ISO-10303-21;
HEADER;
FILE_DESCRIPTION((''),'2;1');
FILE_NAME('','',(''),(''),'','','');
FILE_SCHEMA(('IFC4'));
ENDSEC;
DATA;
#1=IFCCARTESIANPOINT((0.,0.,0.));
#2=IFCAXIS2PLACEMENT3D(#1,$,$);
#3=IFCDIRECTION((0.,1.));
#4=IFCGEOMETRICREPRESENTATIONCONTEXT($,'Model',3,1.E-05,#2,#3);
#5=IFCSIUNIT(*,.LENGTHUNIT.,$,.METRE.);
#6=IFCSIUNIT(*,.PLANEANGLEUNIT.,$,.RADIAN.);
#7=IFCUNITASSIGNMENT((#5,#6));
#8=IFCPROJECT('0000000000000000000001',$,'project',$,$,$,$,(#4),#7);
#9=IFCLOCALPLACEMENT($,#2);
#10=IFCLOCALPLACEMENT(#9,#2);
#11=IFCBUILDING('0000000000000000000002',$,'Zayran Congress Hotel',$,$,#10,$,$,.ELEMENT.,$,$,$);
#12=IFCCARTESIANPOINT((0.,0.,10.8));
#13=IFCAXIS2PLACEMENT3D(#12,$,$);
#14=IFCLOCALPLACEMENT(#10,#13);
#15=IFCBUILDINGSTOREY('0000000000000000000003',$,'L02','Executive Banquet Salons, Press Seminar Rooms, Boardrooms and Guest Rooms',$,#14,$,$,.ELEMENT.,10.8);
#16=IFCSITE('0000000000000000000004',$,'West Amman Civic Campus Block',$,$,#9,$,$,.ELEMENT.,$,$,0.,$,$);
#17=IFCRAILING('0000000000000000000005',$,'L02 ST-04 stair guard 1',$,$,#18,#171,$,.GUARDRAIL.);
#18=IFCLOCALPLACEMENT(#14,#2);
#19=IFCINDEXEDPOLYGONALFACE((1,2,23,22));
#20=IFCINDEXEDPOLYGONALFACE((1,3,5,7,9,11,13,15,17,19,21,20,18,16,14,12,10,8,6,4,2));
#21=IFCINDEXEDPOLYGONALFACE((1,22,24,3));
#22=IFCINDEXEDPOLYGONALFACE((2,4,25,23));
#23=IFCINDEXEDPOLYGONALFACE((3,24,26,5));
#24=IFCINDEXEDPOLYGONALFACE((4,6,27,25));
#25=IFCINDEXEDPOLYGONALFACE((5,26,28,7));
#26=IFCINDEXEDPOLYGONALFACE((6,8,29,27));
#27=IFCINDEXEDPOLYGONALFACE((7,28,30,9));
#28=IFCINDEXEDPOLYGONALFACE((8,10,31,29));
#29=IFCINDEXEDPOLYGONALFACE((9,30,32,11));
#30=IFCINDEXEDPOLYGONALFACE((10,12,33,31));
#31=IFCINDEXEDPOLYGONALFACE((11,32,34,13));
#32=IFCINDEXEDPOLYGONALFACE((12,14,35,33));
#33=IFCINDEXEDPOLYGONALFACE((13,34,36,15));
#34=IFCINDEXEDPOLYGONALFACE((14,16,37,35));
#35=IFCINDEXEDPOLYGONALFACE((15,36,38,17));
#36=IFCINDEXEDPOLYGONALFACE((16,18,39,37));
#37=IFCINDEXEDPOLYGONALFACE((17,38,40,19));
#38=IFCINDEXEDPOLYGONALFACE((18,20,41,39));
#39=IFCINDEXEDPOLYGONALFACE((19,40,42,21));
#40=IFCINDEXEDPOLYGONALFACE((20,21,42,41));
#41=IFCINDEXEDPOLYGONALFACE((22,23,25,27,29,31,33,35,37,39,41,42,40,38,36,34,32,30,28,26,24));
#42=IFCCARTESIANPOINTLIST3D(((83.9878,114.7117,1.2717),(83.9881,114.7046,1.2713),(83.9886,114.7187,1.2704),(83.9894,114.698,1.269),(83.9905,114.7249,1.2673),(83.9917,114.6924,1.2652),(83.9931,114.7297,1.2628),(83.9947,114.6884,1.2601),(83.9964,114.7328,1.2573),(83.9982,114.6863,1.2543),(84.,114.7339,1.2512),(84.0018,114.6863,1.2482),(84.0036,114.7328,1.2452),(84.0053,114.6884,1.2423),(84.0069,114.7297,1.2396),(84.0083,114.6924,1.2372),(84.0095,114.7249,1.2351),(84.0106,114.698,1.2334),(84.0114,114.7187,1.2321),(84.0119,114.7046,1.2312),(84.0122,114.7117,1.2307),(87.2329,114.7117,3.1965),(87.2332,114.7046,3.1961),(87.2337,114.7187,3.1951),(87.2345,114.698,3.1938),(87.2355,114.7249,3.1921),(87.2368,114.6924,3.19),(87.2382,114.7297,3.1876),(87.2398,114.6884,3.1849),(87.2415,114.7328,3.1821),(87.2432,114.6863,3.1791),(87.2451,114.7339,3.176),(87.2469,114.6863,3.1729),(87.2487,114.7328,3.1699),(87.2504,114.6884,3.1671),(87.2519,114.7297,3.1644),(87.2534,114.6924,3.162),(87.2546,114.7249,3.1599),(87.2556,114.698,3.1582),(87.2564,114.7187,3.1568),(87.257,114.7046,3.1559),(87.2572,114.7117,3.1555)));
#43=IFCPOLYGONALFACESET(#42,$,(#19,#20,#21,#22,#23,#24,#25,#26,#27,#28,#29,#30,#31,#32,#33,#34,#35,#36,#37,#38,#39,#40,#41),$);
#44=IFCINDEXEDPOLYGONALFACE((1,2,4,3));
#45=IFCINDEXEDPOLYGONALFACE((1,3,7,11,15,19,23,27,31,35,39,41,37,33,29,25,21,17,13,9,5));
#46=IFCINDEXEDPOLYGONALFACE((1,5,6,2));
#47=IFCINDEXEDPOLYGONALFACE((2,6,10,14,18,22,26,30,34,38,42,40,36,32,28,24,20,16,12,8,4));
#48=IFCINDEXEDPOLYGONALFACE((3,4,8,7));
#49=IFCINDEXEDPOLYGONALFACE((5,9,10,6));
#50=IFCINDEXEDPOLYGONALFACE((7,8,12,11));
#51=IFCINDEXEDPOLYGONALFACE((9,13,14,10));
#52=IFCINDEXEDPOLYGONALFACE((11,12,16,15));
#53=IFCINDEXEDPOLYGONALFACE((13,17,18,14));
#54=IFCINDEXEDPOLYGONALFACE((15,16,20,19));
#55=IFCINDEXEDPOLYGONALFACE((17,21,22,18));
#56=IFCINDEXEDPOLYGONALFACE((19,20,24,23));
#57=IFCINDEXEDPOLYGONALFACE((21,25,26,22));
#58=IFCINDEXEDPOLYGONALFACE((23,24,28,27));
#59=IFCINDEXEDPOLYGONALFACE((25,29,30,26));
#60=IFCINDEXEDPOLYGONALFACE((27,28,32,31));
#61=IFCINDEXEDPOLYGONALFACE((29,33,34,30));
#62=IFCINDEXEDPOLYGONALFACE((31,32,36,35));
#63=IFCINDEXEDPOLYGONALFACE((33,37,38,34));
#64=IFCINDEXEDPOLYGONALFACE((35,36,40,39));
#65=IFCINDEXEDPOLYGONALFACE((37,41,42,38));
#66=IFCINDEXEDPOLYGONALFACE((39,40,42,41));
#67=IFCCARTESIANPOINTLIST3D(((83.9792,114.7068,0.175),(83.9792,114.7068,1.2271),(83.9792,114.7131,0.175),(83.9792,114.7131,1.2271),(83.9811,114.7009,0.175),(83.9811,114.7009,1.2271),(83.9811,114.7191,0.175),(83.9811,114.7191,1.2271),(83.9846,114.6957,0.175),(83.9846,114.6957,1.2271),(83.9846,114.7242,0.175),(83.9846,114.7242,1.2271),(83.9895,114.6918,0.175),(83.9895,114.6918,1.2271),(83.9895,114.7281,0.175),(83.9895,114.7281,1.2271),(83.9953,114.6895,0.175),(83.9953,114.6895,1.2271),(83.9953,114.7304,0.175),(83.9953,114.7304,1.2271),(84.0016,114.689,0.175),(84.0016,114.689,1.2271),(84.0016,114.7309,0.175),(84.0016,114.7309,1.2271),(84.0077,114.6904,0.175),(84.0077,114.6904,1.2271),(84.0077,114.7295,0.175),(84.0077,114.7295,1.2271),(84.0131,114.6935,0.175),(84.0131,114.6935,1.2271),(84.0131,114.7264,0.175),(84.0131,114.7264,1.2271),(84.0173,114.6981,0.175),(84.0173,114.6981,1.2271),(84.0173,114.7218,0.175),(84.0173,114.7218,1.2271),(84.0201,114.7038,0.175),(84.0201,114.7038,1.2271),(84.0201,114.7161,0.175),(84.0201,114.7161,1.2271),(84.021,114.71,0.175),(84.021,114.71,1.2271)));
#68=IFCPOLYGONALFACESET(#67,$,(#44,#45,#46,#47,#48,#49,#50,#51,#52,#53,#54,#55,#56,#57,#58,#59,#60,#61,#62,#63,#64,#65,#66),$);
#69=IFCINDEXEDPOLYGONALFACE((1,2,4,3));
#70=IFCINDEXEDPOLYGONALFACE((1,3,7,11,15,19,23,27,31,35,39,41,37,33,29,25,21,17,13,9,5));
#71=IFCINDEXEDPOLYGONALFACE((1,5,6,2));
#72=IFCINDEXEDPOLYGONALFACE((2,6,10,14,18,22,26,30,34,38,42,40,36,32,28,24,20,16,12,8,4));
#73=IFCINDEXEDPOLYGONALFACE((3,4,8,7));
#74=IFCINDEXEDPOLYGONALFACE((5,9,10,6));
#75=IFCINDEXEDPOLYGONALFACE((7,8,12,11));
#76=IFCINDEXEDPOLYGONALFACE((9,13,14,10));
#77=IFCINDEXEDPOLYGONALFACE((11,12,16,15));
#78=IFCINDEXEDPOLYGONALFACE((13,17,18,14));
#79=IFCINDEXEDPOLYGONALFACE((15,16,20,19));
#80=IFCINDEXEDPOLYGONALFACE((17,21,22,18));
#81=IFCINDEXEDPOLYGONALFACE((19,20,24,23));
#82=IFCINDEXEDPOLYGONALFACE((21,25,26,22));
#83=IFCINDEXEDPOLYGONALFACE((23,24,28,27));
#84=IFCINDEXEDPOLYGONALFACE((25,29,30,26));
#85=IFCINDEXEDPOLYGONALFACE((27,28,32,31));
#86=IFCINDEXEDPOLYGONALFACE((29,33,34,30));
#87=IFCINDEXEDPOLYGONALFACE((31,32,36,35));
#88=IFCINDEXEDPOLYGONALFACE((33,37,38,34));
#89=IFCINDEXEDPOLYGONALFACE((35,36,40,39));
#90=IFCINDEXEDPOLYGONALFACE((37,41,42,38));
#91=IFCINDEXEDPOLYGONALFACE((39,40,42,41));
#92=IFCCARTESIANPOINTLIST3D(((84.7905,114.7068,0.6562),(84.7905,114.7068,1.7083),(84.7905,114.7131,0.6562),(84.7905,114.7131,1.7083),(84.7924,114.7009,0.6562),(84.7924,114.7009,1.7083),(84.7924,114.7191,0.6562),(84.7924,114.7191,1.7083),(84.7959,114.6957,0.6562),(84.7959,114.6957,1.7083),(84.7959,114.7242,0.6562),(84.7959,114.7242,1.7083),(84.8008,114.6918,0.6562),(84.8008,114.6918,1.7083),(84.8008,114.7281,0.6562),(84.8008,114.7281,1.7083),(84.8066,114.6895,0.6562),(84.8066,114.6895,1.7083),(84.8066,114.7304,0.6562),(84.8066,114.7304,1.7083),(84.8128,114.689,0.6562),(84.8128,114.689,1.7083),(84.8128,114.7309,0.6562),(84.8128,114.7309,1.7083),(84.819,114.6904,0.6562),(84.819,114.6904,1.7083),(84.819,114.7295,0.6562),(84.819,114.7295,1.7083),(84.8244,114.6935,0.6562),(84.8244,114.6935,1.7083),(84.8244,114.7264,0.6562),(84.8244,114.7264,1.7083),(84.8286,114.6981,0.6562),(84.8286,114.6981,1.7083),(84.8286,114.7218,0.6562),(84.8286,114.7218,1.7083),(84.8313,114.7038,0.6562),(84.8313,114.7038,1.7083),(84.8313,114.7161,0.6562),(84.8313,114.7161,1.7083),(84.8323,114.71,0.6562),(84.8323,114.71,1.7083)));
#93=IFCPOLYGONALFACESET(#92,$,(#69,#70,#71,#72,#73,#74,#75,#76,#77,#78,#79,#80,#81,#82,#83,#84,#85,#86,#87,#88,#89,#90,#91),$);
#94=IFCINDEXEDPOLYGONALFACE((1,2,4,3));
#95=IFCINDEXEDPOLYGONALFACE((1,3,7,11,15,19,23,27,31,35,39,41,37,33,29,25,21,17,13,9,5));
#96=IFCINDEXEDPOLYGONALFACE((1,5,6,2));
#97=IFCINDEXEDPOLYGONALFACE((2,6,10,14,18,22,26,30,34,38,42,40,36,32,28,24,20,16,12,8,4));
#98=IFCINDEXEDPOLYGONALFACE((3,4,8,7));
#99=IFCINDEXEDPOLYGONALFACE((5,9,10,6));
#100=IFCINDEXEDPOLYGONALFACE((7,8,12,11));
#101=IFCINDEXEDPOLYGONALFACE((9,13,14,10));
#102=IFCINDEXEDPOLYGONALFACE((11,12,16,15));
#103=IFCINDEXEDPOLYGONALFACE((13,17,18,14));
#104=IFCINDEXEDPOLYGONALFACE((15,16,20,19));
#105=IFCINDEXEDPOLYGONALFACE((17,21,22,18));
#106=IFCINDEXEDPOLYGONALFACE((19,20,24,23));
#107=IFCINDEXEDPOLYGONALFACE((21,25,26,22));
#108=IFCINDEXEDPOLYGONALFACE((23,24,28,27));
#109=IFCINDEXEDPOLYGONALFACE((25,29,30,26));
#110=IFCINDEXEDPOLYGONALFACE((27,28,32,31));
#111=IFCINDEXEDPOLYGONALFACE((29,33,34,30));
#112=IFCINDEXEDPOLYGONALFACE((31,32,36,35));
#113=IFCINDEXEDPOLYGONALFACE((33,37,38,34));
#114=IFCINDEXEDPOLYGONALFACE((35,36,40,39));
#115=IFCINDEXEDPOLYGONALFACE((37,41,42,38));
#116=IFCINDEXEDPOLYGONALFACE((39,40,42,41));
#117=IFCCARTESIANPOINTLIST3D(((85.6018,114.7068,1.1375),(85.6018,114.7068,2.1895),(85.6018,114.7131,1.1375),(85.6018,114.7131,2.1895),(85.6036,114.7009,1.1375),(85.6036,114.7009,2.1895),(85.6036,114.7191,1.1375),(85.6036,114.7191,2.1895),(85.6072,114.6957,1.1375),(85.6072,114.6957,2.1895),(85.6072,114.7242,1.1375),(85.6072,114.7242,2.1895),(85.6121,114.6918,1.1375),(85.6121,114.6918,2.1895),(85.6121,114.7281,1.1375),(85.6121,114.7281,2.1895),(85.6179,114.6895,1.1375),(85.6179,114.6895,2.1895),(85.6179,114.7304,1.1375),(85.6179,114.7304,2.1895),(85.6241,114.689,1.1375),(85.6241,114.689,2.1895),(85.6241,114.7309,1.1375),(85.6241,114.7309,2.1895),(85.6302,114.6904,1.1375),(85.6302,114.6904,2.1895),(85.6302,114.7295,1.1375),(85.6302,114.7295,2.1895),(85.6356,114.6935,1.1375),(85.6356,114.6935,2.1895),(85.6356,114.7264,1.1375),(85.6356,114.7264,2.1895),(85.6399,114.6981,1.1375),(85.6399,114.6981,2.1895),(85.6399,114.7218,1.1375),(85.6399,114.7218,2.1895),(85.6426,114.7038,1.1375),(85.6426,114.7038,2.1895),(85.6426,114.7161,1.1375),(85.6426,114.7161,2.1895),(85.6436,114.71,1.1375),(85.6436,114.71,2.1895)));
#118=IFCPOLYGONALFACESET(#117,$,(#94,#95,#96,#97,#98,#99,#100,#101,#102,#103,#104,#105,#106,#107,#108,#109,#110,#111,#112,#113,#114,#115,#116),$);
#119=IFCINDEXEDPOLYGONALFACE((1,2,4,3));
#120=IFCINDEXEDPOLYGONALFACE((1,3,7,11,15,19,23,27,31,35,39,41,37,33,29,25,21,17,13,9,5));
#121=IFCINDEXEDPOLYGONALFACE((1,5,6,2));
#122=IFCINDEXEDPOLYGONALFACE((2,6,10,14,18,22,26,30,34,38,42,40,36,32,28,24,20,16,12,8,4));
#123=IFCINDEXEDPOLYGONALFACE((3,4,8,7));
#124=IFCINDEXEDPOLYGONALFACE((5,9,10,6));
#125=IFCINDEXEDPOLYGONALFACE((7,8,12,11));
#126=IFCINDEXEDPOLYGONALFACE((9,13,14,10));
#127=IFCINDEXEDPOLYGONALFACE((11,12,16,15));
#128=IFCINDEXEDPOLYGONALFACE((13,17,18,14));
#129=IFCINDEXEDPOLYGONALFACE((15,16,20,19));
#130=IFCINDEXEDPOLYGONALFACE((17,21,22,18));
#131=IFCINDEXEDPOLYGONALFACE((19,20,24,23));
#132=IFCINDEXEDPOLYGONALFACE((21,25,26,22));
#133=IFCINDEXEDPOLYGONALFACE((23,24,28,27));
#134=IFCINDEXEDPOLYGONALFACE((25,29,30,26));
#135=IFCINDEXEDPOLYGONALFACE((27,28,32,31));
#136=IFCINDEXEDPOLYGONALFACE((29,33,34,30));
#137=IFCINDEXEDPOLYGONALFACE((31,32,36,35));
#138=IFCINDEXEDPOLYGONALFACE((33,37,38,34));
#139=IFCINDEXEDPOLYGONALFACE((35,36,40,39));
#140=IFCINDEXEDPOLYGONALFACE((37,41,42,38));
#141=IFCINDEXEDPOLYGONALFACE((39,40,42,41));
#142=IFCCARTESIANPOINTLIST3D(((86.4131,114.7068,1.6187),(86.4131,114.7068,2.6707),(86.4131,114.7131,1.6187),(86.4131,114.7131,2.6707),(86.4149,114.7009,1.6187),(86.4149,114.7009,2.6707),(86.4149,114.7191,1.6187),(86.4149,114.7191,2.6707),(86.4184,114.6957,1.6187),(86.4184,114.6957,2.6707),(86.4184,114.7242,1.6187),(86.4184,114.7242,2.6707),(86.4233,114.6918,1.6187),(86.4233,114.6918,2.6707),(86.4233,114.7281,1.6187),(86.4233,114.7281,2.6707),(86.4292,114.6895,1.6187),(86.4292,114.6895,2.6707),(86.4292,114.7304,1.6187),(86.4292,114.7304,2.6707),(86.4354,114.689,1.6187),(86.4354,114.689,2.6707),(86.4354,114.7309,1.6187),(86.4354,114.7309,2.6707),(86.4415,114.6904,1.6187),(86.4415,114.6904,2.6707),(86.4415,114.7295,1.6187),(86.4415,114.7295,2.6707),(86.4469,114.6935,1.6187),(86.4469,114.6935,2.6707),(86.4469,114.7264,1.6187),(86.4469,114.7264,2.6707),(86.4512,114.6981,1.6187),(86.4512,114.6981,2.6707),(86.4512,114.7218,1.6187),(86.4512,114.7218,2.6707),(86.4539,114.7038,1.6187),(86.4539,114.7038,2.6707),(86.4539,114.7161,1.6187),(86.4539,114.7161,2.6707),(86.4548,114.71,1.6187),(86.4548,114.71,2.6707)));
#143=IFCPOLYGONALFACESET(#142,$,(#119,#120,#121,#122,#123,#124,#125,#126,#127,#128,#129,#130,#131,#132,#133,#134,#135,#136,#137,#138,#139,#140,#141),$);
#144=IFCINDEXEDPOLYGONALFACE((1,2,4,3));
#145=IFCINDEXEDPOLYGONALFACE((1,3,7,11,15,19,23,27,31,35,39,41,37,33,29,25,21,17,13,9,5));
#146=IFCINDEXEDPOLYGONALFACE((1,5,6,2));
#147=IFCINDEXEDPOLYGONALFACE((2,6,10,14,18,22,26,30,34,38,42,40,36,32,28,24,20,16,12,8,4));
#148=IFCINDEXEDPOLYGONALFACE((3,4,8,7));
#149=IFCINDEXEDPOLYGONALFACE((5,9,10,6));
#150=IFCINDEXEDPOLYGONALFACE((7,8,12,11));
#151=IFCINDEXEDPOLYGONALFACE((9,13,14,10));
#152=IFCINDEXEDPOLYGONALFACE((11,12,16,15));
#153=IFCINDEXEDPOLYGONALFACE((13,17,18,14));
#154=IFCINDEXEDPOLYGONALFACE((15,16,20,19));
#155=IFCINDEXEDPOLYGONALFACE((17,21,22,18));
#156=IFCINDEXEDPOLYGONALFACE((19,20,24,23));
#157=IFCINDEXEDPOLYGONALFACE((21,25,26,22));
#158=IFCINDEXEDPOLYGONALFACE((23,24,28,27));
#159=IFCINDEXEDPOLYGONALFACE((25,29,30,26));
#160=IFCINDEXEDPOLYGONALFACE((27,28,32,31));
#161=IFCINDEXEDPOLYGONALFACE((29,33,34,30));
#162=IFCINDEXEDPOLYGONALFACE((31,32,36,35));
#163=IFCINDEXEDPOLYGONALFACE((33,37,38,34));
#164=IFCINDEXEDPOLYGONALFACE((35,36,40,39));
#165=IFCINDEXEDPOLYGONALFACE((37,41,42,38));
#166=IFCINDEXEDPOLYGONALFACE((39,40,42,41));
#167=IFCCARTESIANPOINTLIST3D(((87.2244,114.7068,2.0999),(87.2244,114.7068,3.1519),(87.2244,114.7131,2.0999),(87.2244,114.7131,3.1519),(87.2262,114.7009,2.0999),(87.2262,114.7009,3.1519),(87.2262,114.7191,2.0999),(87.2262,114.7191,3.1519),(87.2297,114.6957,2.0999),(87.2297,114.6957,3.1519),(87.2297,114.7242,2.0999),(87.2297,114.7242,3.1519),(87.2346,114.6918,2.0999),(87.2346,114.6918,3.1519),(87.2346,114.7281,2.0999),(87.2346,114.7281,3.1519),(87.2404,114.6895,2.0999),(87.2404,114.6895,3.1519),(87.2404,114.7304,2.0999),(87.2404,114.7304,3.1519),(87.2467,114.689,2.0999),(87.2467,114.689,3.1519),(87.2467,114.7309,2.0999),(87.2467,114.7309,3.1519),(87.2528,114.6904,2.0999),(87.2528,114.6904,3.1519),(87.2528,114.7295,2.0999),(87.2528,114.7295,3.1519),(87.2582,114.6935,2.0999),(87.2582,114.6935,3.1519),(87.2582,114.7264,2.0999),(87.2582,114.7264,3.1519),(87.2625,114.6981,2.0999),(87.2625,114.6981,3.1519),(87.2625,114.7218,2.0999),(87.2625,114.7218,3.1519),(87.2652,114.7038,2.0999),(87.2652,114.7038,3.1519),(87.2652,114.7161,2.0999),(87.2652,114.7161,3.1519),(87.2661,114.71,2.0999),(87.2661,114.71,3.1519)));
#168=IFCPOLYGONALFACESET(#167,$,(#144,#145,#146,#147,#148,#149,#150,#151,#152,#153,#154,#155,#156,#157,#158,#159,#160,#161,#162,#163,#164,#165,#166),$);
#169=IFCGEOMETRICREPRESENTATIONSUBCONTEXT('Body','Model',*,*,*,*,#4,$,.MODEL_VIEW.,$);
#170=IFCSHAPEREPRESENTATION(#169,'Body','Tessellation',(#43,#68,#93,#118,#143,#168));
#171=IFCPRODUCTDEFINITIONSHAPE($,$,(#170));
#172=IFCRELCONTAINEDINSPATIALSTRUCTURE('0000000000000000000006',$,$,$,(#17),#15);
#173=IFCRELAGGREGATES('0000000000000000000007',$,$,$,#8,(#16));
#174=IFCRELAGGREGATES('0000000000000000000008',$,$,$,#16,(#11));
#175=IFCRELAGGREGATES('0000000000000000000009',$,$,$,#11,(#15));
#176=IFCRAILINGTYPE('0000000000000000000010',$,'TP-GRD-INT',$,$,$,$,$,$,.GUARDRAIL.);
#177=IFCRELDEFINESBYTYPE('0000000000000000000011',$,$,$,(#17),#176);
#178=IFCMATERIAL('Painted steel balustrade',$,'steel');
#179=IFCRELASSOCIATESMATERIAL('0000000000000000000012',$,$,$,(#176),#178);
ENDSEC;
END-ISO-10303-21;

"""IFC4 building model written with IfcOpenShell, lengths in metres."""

from ifc_helpers import new_model, si_unit, direction, frame, origin, origin_2d, place, context, subcontext, project, spatial, circle, extrude, material, type_object, element, save


model = new_model("IFC4")

# Units and contexts
model_context = context("Model", 3, precision=1e-05, world=origin(), true_north=direction((0.0, 1.0)))
body_context = subcontext(model_context, "Body", "Model", "MODEL_VIEW")
ifc_project = project(units=[si_unit("LENGTHUNIT", "METRE"), si_unit("PLANEANGLEUNIT", "RADIAN")], contexts=[model_context])

# Site, building, storey
site_placement = place(None, origin())
site = spatial("IfcSite", under=ifc_project, at=site_placement, Name="West Amman Civic Campus Block", CompositionType="ELEMENT", RefElevation=0.0)
building_placement = place(site_placement, origin())
building = spatial("IfcBuilding", under=site, at=building_placement, Name="Zayran Congress Hotel", CompositionType="ELEMENT")
storey_placement = place(building_placement, frame((0.0, 0.0, 10.8)))
storey = spatial("IfcBuildingStorey", under=building, at=storey_placement, Name="L02", Description="Executive Banquet Salons, Press Seminar Rooms, Boardrooms and Guest Rooms", CompositionType="ELEMENT", Elevation=10.8)

# Railing
ifc_material_1 = material(Name="Painted steel balustrade", Category="steel")
railing_type_1 = type_object("IfcRailingType", Name="TP-GRD-INT", PredefinedType="GUARDRAIL", material=ifc_material_1)
railing_1_placement = place(storey_placement, frame((84.0, 114.71, 0.175)))
element("IfcRailing", 1, at=railing_1_placement, inside=storey, type_object=railing_type_1, Name="L02 ST-04 stair guard 1", PredefinedType="GUARDRAIL", context=body_context, shape_type="SweptSolid", body=[
    extrude(circle(Radius=0.0239, at=origin_2d()), frame((0.0, 0.0, 1.0762), z_axis=(0.860085, 0.0, 0.51015), x_axis=(0.0, 1.0, 0.0)), (0.0, 0.0, 1.0), 3.7729),
    extrude(circle(Radius=0.021, at=origin_2d()), origin(), (0.0, 0.0, 1.0), 1.052),
    extrude(circle(Radius=0.021, at=origin_2d()), frame((0.8113, 0.0, 0.4812)), (0.0, 0.0, 1.0), 1.052),
    extrude(circle(Radius=0.021, at=origin_2d()), frame((1.6226, 0.0, 0.9624)), (0.0, 0.0, 1.0), 1.052),
    extrude(circle(Radius=0.021, at=origin_2d()), frame((2.4338, 0.0, 1.4436)), (0.0, 0.0, 1.0), 1.052),
    extrude(circle(Radius=0.021, at=origin_2d()), frame((3.2451, 0.0, 1.9248)), (0.0, 0.0, 1.0), 1.052),
])

save(model, "model.ifc")
